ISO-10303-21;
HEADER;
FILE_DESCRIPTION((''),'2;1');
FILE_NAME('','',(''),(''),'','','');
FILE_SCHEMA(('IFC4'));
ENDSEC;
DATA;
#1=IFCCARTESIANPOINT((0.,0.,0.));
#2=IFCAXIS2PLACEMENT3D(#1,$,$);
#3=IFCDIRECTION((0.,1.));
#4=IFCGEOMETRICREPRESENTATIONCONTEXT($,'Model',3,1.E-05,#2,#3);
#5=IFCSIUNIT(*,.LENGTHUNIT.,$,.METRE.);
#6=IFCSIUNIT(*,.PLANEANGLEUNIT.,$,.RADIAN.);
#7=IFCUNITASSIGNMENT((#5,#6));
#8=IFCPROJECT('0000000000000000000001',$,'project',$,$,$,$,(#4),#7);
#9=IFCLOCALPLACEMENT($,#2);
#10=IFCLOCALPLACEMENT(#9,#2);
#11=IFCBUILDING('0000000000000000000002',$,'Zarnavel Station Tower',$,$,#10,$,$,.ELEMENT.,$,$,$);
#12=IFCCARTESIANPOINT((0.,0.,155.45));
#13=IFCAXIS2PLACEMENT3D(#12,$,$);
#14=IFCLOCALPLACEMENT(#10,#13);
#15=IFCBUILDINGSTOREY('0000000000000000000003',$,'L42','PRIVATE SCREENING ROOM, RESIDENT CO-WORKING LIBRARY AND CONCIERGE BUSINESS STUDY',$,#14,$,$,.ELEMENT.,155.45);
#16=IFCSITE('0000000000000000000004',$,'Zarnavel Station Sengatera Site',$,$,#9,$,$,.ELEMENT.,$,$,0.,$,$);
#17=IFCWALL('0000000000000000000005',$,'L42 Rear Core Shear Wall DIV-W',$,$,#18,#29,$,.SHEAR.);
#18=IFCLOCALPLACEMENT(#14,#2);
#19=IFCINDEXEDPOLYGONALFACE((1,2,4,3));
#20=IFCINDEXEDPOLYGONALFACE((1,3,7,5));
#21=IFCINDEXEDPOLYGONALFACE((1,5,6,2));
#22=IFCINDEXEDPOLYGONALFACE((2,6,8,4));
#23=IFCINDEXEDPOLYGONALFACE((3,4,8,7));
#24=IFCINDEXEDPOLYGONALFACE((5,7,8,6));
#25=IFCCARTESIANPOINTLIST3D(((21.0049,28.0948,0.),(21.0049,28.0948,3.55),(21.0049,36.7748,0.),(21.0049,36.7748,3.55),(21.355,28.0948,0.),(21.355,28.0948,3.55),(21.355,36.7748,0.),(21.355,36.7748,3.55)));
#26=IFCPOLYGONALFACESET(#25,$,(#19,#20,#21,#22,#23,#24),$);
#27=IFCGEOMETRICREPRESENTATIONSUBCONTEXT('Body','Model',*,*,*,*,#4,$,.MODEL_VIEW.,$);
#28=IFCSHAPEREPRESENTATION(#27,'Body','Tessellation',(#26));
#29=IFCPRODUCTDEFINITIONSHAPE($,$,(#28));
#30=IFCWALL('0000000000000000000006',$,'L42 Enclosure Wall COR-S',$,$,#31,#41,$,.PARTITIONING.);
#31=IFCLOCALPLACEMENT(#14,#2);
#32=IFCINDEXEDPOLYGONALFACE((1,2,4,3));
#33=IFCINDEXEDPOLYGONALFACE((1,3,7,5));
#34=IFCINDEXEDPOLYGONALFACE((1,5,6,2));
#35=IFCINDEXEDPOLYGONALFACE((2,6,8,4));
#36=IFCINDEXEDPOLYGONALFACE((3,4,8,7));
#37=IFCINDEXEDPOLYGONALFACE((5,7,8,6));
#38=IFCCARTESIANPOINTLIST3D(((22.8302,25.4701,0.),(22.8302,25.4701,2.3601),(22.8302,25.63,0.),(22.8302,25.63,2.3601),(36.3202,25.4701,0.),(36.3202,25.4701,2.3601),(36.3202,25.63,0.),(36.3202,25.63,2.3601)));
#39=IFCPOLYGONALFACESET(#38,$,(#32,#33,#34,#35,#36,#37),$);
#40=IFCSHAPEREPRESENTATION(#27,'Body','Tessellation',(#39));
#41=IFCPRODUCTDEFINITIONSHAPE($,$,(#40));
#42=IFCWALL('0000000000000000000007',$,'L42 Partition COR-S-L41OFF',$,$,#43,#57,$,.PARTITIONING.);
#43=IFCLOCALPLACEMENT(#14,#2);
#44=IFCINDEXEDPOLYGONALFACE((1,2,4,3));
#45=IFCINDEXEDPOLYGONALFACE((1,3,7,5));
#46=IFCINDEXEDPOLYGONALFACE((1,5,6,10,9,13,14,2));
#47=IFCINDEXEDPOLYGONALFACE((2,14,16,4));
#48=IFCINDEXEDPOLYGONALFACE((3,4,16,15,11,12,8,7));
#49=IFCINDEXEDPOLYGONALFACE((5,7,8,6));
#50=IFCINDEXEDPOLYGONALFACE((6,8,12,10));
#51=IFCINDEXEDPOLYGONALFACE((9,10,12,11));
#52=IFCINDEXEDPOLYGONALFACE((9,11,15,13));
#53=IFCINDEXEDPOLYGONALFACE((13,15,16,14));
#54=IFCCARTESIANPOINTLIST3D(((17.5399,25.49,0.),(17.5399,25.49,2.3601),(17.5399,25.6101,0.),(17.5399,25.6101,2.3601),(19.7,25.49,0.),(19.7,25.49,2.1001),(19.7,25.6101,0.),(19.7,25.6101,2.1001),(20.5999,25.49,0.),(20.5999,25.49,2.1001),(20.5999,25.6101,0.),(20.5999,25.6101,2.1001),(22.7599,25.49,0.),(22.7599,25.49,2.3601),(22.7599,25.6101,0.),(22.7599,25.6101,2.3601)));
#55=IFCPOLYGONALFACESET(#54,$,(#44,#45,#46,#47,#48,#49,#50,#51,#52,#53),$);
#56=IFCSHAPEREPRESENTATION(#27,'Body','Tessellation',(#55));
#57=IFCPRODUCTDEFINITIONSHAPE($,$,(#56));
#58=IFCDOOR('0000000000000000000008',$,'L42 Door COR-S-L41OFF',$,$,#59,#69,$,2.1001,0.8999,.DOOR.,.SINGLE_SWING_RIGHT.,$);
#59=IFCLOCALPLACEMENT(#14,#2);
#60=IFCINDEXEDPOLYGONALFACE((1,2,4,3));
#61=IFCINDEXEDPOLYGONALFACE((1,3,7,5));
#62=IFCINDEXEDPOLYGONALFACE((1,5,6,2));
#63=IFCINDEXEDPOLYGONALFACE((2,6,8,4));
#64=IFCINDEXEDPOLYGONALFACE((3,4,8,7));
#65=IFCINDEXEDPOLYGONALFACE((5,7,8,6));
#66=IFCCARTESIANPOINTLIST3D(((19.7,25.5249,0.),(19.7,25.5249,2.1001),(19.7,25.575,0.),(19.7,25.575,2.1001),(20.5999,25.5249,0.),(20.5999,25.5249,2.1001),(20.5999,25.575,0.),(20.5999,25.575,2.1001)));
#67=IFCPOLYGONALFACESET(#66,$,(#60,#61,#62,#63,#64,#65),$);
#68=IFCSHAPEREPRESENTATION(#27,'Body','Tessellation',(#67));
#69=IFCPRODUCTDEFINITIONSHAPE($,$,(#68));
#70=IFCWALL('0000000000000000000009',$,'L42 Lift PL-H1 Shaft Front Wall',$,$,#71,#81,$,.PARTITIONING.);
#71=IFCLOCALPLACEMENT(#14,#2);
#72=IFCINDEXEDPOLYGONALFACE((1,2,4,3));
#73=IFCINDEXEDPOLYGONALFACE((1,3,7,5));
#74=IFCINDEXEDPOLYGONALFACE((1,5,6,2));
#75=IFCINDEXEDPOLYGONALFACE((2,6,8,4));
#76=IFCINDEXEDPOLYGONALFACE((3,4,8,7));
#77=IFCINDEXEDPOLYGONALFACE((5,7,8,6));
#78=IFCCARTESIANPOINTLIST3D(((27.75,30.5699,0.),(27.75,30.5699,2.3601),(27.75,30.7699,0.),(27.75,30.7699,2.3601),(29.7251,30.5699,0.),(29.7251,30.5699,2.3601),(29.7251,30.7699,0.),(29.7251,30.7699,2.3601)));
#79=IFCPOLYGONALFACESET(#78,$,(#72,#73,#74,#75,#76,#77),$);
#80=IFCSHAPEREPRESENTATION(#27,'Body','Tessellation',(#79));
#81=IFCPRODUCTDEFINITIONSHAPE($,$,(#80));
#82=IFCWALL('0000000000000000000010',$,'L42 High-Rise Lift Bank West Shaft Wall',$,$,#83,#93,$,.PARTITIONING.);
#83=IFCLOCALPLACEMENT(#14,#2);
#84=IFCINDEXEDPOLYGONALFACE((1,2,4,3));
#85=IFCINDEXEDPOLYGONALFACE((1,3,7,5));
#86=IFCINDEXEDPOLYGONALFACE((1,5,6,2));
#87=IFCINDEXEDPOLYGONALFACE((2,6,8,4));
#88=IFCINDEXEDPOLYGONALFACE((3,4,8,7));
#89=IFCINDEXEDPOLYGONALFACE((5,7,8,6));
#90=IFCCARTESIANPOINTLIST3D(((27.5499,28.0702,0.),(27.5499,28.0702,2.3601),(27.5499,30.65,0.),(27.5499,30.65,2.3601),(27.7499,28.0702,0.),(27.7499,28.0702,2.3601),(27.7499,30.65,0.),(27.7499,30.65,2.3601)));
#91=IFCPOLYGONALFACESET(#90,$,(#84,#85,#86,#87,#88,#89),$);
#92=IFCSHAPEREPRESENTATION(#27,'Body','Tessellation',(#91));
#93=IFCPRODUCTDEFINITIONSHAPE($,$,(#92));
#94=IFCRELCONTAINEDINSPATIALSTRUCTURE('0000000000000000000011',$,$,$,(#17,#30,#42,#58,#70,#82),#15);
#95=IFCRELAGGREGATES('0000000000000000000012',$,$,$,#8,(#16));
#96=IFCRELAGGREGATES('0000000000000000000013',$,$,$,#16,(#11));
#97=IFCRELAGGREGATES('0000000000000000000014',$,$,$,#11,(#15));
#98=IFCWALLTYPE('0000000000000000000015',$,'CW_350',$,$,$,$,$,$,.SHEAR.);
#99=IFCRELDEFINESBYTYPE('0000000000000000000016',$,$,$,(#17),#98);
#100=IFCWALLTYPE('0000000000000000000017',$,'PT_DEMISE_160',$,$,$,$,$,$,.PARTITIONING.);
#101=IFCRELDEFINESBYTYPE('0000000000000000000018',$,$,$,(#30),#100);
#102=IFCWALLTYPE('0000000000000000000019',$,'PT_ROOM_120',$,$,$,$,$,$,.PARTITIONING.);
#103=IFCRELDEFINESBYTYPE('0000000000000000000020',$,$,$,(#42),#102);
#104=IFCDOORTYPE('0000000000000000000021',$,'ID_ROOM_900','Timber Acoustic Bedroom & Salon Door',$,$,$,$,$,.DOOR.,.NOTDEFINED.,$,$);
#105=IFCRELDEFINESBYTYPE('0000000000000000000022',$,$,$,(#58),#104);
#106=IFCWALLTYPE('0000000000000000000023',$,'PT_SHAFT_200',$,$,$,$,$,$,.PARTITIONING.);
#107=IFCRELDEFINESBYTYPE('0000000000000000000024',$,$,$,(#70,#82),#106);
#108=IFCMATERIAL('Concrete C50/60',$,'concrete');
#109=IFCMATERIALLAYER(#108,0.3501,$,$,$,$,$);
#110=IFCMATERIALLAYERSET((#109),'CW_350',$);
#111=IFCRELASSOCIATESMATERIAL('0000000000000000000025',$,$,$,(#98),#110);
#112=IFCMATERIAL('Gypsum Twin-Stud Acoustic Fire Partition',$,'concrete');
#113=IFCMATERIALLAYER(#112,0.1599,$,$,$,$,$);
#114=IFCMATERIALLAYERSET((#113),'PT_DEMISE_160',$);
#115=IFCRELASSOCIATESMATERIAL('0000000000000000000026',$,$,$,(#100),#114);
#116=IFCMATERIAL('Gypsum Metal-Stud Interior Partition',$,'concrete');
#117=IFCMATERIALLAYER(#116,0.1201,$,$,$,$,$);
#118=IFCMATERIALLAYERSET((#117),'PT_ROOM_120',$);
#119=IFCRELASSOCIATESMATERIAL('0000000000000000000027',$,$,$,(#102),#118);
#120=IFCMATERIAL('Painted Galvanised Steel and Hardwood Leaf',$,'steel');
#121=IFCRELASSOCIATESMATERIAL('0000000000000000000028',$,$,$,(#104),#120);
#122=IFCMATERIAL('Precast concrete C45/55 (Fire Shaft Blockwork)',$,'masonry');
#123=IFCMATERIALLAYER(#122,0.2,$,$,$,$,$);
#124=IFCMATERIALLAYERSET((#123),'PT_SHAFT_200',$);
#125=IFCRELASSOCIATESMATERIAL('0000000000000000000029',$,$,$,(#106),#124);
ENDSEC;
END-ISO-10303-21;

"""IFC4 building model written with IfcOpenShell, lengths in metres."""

from ifc_helpers import new_model, si_unit, direction, frame, frame_2d, origin, place, context, subcontext, project, spatial, rectangle, extrude, material, layer, layer_set, type_object, element, fill, save


model = new_model("IFC4")

# Units and contexts
model_context = context("Model", 3, precision=1e-05, world=origin(), true_north=direction((0.0, 1.0)))
body_context = subcontext(model_context, "Body", "Model", "MODEL_VIEW")
ifc_project = project(units=[si_unit("LENGTHUNIT", "METRE"), si_unit("PLANEANGLEUNIT", "RADIAN")], contexts=[model_context])

# Site, building, storey
site_placement = place(None, origin())
site = spatial("IfcSite", under=ifc_project, at=site_placement, Name="Zarnavel Station Sengatera Site", CompositionType="ELEMENT", RefElevation=0.0)
building_placement = place(site_placement, origin())
building = spatial("IfcBuilding", under=site, at=building_placement, Name="Zarnavel Station Tower", CompositionType="ELEMENT")
storey_placement = place(building_placement, frame((0.0, 0.0, 155.45)))
storey = spatial("IfcBuildingStorey", under=building, at=storey_placement, Name="L42", Description="PRIVATE SCREENING ROOM, RESIDENT CO-WORKING LIBRARY AND CONCIERGE BUSINESS STUDY", CompositionType="ELEMENT", Elevation=155.45)

# Wall
ifc_material_1 = material(Name="Concrete C50/60", Category="concrete")
ifc_layer_1 = layer(ifc_material_1, 0.3501)
ifc_layer_set_1 = layer_set([ifc_layer_1], Name="CW_350")
wall_type_1 = type_object("IfcWallType", Name="CW_350", PredefinedType="SHEAR", material=ifc_layer_set_1)
wall_1_placement = place(storey_placement, frame((21.1799, 28.095, 0.0), z_axis=(0.0, 0.0, 1.0), x_axis=(0.0, 1.0, 0.0)))
element("IfcWall", 1, at=wall_1_placement, inside=storey, type_object=wall_type_1, Name="L42 Rear Core Shear Wall DIV-W", PredefinedType="SHEAR", context=body_context, shape_type="SweptSolid", body=[
    extrude(rectangle(XDim=8.6799, YDim=0.3501, at=frame_2d((4.3398, 0.0))), origin(), (0.0, 0.0, 1.0), 3.55),
])

# Wall
ifc_material_2 = material(Name="Gypsum Twin-Stud Acoustic Fire Partition", Category="concrete")
ifc_layer_2 = layer(ifc_material_2, 0.1599)
ifc_layer_set_2 = layer_set([ifc_layer_2], Name="PT_DEMISE_160")
wall_type_2 = type_object("IfcWallType", Name="PT_DEMISE_160", PredefinedType="PARTITIONING", material=ifc_layer_set_2)
wall_2_placement = place(storey_placement, frame((22.8301, 25.55, 0.0), z_axis=(0.0, 0.0, 1.0), x_axis=(1.0, 0.0, 0.0)))
element("IfcWall", 2, at=wall_2_placement, inside=storey, type_object=wall_type_2, Name="L42 Enclosure Wall COR-S", PredefinedType="PARTITIONING", context=body_context, shape_type="SweptSolid", body=[
    extrude(rectangle(XDim=13.49, YDim=0.1599, at=frame_2d((6.7451, 0.0))), origin(), (0.0, 0.0, 1.0), 2.3601),
])

# Wall, opening, door
ifc_material_3 = material(Name="Gypsum Metal-Stud Interior Partition", Category="concrete")
ifc_layer_3 = layer(ifc_material_3, 0.1201)
ifc_layer_set_3 = layer_set([ifc_layer_3], Name="PT_ROOM_120")
wall_type_3 = type_object("IfcWallType", Name="PT_ROOM_120", PredefinedType="PARTITIONING", material=ifc_layer_set_3)
wall_3_placement = place(storey_placement, frame((17.54, 25.55, 0.0), z_axis=(0.0, 0.0, 1.0), x_axis=(1.0, 0.0, 0.0)))
wall_3 = element("IfcWall", 3, at=wall_3_placement, inside=storey, type_object=wall_type_3, Name="L42 Partition COR-S-L41OFF", PredefinedType="PARTITIONING", context=body_context, shape_type="SweptSolid", body=[
    extrude(rectangle(XDim=5.22, YDim=0.1201, at=frame_2d((2.6099, 0.0))), origin(), (0.0, 0.0, 1.0), 2.3601),
])
opening_1_placement = place(wall_3_placement, frame((2.1599, 0.0, 0.0)))
opening_1 = element("IfcOpeningElement", 4, at=opening_1_placement, cuts=wall_3, PredefinedType="OPENING", context=body_context, shape_type="SweptSolid", body=[
    extrude(rectangle(XDim=0.8999, YDim=2.1001, at=frame_2d((0.45, 1.05))), frame((0.0, 0.0701, 0.0), z_axis=(0.0, -1.0, 0.0), x_axis=(1.0, 0.0, 0.0)), (0.0, 0.0, 1.0), 0.1401),
])
ifc_material_4 = material(Name="Painted Galvanised Steel and Hardwood Leaf", Category="steel")
door_type_1 = type_object("IfcDoorType", Name="ID_ROOM_900", Description="Timber Acoustic Bedroom & Salon Door", OperationType="NOTDEFINED", PredefinedType="DOOR", material=ifc_material_4)
door_1_placement = place(opening_1_placement, origin())
door_1 = element("IfcDoor", 5, at=door_1_placement, inside=storey, type_object=door_type_1, Name="L42 Door COR-S-L41OFF", OperationType="SINGLE_SWING_RIGHT", OverallHeight=2.1001, OverallWidth=0.8999, PredefinedType="DOOR", context=body_context, shape_type="SweptSolid", body=[
    extrude(rectangle(XDim=0.8999, YDim=2.1001, at=frame_2d((0.45, 1.05))), frame((0.0, 0.0249, 0.0), z_axis=(0.0, -1.0, 0.0), x_axis=(1.0, 0.0, 0.0)), (0.0, 0.0, 1.0), 0.05),
])
fill(opening_1, door_1)

# Walls
ifc_material_5 = material(Name="Precast concrete C45/55 (Fire Shaft Blockwork)", Category="masonry")
ifc_layer_4 = layer(ifc_material_5, 0.2)
ifc_layer_set_4 = layer_set([ifc_layer_4], Name="PT_SHAFT_200")
wall_type_4 = type_object("IfcWallType", Name="PT_SHAFT_200", PredefinedType="PARTITIONING", material=ifc_layer_set_4)
wall_4_placement = place(storey_placement, frame((27.75, 30.6699, 0.0), z_axis=(0.0, 0.0, 1.0), x_axis=(1.0, 0.0, 0.0)))
element("IfcWall", 6, at=wall_4_placement, inside=storey, type_object=wall_type_4, Name="L42 Lift PL-H1 Shaft Front Wall", PredefinedType="PARTITIONING", context=body_context, shape_type="SweptSolid", body=[
    extrude(rectangle(XDim=1.9751, YDim=0.2, at=frame_2d((0.9875, 0.0))), origin(), (0.0, 0.0, 1.0), 2.3601),
])
wall_5_placement = place(storey_placement, frame((27.6499, 28.0701, 0.0), z_axis=(0.0, 0.0, 1.0), x_axis=(0.0, 1.0, 0.0)))
element("IfcWall", 7, at=wall_5_placement, inside=storey, type_object=wall_type_4, Name="L42 High-Rise Lift Bank West Shaft Wall", PredefinedType="PARTITIONING", context=body_context, shape_type="SweptSolid", body=[
    extrude(rectangle(XDim=2.5798, YDim=0.2, at=frame_2d((1.29, 0.0))), origin(), (0.0, 0.0, 1.0), 2.3601),
])

save(model, "model.ifc")
